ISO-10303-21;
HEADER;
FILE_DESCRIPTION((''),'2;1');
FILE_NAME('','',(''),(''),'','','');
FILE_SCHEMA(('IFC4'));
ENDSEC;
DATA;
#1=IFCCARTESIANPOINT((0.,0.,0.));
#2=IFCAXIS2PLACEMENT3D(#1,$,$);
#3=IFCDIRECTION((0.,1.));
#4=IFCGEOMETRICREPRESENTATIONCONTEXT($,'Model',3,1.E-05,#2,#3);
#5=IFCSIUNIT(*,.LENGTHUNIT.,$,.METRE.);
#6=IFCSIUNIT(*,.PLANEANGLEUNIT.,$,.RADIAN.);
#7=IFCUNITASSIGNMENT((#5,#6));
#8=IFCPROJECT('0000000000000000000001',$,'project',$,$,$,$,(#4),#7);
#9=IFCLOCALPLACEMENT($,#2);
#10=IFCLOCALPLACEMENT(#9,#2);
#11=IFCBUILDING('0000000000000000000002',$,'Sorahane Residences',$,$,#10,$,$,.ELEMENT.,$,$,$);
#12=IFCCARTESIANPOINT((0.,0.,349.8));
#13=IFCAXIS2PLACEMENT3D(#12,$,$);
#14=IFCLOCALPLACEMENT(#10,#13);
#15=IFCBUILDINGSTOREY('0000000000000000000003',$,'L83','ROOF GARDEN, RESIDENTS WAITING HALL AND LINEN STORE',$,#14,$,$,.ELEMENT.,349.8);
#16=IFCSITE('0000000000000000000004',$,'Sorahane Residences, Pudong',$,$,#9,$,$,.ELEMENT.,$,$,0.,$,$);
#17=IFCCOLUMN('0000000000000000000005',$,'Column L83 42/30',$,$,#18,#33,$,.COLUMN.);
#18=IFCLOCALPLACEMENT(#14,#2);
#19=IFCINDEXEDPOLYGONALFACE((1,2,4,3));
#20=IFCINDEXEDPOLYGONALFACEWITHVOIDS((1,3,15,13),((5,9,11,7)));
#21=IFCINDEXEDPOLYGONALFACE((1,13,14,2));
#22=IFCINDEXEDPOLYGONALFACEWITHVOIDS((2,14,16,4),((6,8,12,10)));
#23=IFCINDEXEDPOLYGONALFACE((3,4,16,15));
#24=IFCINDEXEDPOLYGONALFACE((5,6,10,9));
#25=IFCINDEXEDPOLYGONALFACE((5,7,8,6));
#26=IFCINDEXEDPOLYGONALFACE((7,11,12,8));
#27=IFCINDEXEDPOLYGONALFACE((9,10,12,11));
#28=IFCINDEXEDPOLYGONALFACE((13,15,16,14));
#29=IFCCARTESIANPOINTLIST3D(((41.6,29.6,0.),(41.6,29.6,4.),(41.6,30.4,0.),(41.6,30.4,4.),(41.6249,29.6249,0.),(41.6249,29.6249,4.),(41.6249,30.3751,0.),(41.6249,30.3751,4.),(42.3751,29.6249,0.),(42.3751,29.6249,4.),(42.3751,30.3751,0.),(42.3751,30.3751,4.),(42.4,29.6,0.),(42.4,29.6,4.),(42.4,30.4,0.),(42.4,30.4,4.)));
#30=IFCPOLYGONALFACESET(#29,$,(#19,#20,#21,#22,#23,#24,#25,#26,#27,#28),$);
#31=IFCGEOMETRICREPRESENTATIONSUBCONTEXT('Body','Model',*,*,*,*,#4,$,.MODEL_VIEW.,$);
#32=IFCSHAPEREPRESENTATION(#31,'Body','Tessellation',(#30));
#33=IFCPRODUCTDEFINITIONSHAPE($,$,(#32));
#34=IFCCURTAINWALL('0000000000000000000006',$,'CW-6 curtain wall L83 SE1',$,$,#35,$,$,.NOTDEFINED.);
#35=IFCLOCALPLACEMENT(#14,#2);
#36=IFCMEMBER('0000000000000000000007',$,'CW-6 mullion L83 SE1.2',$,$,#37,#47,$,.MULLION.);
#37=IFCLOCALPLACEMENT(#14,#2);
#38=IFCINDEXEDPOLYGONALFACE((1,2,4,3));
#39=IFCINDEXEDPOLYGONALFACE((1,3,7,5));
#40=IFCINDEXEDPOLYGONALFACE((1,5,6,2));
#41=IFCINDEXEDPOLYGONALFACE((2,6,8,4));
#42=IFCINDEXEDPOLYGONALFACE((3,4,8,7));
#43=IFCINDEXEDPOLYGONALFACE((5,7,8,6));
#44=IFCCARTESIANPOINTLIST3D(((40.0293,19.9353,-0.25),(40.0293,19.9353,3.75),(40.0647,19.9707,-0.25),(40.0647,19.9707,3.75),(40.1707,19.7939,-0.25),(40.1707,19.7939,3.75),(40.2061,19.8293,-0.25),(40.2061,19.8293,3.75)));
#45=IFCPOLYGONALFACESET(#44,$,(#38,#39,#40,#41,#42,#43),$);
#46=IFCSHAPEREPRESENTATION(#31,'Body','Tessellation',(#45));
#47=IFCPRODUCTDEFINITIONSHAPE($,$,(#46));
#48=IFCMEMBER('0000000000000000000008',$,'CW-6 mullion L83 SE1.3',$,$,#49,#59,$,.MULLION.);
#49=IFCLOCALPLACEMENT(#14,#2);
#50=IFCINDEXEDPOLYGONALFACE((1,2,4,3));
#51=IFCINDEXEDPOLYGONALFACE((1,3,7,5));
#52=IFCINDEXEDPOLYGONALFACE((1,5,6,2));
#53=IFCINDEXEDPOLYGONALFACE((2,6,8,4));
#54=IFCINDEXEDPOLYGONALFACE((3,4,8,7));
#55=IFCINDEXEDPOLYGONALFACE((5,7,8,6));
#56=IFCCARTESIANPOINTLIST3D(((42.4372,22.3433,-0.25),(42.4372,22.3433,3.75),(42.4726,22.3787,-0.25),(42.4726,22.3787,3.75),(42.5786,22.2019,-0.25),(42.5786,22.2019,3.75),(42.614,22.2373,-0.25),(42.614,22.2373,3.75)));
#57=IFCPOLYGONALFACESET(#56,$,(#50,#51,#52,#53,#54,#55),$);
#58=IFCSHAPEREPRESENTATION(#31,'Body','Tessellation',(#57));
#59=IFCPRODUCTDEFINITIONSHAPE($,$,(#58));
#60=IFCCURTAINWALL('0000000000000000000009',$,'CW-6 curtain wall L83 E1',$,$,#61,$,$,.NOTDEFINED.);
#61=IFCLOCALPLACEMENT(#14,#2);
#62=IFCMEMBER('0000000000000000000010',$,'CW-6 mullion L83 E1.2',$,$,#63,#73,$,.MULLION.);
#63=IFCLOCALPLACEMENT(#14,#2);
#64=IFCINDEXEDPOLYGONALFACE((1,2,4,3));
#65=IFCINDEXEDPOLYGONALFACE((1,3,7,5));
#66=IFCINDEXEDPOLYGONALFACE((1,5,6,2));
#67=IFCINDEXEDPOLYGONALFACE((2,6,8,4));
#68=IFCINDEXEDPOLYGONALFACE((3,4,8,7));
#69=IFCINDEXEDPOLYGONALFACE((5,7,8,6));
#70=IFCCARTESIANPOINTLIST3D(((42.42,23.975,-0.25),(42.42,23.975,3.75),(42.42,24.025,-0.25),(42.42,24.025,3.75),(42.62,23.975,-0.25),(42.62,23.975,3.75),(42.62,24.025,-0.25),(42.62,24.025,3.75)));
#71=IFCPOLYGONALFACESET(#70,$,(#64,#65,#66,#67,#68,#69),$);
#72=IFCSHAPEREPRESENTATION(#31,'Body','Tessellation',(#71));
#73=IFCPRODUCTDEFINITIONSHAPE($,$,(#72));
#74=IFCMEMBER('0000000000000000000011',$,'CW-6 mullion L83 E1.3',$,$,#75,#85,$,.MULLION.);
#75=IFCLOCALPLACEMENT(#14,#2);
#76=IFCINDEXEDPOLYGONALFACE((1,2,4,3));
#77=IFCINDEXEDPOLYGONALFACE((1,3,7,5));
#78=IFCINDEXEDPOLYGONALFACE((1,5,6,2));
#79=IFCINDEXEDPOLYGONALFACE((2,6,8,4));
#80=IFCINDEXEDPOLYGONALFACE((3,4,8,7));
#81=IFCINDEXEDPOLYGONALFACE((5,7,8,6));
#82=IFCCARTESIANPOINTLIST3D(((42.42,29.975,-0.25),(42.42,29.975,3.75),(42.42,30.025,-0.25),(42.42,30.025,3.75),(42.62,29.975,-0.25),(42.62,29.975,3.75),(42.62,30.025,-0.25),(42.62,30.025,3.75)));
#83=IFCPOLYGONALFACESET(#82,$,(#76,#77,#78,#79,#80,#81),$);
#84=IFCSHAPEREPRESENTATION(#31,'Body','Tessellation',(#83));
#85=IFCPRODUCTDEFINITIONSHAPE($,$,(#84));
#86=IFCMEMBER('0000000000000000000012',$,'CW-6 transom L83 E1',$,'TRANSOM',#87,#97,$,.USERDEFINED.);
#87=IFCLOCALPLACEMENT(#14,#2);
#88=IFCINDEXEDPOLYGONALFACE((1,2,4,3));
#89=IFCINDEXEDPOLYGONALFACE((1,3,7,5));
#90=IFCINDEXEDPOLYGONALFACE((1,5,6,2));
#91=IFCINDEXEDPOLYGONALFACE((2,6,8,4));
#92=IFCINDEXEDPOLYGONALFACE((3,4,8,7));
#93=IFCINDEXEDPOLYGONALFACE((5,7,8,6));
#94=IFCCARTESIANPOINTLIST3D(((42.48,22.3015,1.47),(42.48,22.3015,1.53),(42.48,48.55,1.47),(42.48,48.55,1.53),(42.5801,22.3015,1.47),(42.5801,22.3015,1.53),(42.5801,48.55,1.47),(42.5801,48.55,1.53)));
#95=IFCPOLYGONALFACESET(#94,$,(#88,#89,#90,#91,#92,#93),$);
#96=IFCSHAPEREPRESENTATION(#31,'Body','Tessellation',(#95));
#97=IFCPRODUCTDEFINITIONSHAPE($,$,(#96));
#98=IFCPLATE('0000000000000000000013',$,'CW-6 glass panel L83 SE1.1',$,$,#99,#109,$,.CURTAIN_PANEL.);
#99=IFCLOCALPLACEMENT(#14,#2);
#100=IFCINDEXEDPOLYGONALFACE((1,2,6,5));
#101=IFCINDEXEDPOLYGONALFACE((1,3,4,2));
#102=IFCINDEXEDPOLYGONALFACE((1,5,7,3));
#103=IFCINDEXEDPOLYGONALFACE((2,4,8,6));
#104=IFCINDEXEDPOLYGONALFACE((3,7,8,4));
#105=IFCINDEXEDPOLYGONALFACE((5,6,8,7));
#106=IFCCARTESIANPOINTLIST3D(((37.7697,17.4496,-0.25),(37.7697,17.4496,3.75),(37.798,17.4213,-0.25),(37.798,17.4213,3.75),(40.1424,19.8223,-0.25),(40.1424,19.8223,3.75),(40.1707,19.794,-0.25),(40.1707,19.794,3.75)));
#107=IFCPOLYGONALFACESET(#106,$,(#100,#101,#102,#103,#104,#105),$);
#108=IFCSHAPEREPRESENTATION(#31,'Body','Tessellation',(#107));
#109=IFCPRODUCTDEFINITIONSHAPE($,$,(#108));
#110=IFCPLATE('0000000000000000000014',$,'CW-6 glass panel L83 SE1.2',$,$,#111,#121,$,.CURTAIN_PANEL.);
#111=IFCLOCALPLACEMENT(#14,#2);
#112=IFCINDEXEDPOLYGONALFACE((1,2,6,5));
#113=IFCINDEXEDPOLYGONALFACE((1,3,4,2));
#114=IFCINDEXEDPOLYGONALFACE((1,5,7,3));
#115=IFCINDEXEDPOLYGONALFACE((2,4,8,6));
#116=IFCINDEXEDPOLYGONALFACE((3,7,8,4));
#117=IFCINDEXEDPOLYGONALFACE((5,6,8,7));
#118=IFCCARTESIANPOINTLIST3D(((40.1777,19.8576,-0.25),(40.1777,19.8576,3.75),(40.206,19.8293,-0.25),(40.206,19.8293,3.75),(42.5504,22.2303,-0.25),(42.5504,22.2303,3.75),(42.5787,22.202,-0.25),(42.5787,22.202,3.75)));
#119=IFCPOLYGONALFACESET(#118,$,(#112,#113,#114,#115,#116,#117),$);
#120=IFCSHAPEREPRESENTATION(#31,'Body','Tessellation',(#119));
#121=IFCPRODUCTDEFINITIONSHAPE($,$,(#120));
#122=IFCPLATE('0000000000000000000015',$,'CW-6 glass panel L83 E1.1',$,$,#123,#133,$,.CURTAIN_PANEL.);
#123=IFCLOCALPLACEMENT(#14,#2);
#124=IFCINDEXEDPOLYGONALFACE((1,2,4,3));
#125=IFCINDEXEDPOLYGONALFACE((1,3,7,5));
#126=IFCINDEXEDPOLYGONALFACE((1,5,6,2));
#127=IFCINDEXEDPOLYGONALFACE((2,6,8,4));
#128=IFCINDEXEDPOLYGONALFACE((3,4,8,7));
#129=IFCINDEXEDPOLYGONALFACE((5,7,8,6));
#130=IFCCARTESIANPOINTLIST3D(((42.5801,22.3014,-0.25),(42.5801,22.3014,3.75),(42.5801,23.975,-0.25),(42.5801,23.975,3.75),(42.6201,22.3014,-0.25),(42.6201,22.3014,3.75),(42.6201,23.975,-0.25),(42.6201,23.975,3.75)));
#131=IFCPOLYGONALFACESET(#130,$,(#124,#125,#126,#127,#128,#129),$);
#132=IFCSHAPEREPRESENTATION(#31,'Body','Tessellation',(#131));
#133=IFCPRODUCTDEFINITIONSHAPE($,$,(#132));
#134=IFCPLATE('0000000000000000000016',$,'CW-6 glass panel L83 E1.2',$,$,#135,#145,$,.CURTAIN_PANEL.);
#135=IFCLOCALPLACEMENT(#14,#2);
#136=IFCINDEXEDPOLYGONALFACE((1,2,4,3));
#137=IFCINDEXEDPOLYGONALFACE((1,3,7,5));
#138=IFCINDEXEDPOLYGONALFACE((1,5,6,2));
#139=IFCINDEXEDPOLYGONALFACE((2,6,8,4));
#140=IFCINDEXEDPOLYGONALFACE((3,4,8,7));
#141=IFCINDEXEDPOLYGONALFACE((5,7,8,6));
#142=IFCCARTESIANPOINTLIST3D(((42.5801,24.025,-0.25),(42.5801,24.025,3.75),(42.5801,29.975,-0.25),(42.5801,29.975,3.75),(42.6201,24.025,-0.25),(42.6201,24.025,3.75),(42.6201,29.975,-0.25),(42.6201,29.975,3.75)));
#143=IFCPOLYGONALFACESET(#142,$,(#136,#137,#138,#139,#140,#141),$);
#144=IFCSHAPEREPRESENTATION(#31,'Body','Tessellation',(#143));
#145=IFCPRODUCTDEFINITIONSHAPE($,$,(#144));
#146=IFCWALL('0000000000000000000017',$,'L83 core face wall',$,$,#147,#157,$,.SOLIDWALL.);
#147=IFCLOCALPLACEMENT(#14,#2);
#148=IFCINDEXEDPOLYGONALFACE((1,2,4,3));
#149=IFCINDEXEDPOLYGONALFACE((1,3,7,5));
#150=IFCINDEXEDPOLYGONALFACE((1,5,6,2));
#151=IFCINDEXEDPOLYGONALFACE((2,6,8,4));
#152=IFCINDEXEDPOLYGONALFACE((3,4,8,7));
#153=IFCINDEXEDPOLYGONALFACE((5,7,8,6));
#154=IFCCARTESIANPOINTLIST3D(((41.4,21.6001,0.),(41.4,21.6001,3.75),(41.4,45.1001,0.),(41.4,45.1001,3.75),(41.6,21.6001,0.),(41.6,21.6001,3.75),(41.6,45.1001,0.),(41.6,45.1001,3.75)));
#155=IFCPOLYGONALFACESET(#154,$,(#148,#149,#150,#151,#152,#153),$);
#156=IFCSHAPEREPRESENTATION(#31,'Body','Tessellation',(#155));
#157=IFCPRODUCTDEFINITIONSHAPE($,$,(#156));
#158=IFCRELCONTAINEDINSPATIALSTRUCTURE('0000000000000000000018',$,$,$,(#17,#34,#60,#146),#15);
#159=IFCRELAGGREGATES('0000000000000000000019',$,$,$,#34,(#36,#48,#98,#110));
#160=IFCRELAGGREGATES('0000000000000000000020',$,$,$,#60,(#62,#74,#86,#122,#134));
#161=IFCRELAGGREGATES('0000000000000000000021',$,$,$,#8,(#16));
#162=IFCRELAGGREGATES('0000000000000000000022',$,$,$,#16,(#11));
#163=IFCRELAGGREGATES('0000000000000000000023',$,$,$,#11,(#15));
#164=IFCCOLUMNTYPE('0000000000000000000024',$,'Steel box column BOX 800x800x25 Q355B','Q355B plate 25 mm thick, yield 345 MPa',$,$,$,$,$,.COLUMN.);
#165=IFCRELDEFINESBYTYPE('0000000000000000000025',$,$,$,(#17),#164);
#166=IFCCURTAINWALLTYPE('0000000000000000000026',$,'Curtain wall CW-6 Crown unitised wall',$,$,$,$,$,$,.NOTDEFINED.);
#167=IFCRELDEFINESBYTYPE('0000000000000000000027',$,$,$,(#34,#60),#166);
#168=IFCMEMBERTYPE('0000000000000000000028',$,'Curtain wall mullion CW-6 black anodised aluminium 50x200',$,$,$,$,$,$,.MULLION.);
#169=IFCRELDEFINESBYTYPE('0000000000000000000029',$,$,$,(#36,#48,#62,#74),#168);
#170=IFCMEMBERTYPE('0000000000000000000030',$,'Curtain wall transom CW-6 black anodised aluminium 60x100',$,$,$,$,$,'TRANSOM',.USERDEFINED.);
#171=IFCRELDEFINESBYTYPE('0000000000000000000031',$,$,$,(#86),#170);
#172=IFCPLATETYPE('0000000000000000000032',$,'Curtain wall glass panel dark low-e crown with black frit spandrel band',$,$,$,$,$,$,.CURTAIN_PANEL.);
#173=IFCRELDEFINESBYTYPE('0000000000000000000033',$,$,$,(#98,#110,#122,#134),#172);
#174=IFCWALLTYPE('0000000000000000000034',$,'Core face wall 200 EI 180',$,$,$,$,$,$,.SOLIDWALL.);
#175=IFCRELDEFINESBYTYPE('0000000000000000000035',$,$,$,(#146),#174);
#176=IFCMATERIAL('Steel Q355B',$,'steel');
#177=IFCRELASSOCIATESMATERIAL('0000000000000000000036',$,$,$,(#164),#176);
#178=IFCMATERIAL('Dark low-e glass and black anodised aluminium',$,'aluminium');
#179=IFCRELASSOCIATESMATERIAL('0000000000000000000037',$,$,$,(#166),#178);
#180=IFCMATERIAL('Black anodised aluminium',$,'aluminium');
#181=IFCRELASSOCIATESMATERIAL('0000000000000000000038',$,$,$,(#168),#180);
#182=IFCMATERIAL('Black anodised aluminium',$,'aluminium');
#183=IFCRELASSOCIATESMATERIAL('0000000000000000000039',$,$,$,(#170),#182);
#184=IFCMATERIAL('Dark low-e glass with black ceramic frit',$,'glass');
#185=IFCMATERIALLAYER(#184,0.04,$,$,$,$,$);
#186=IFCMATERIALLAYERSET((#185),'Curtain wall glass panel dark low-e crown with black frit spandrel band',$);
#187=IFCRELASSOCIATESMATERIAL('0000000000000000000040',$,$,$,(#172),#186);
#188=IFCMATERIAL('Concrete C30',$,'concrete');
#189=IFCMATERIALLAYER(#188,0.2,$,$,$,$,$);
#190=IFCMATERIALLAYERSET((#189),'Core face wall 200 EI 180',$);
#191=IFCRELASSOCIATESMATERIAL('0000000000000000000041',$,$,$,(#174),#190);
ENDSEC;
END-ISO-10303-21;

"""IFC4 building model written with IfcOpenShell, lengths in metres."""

from ifc_helpers import new_model, si_unit, direction, frame, frame_2d, origin, origin_2d, place, context, subcontext, project, spatial, rectangle, hollow_rectangle, extrude, material, layer, layer_set, material_profile, profile_set, type_object, element, aggregate, save


model = new_model("IFC4")

# Units and contexts
model_context = context("Model", 3, precision=1e-05, world=origin(), true_north=direction((0.0, 1.0)))
body_context = subcontext(model_context, "Body", "Model", "MODEL_VIEW")
ifc_project = project(units=[si_unit("LENGTHUNIT", "METRE"), si_unit("PLANEANGLEUNIT", "RADIAN")], contexts=[model_context])

# Site, building, storey
site_placement = place(None, origin())
site = spatial("IfcSite", under=ifc_project, at=site_placement, Name="Sorahane Residences, Pudong", CompositionType="ELEMENT", RefElevation=0.0)
building_placement = place(site_placement, origin())
building = spatial("IfcBuilding", under=site, at=building_placement, Name="Sorahane Residences", CompositionType="ELEMENT")
storey_placement = place(building_placement, frame((0.0, 0.0, 349.8)))
storey = spatial("IfcBuildingStorey", under=building, at=storey_placement, Name="L83", Description="ROOF GARDEN, RESIDENTS WAITING HALL AND LINEN STORE", CompositionType="ELEMENT", Elevation=349.8)

# Column
ifc_material_1 = material(Name="Steel Q355B", Category="steel")
ifc_material_profile_1 = material_profile(ifc_material_1, hollow_rectangle(XDim=0.8, YDim=0.8, WallThickness=0.0249, at=origin_2d()), Name="BOX 800x800x25")
ifc_profile_set_1 = profile_set([ifc_material_profile_1], Name="Steel Q355B")
column_type = type_object("IfcColumnType", Name="Steel box column BOX 800x800x25 Q355B", Description="Q355B plate 25 mm thick, yield 345 MPa", PredefinedType="COLUMN", material=ifc_profile_set_1)
column_placement = place(storey_placement, frame((42.0, 30.0, 0.0), z_axis=(0.0, 0.0, 1.0), x_axis=(1.0, 0.0, 0.0)))
element("IfcColumn", 1, at=column_placement, inside=storey, type_object=column_type, Name="Column L83 42/30", PredefinedType="COLUMN", context=body_context, shape_type="SweptSolid", body=[
    extrude(hollow_rectangle(XDim=0.8, YDim=0.8, WallThickness=0.0249, at=origin_2d()), origin(), (0.0, 0.0, 1.0), 4.0),
])

# Curtain walls, members
ifc_material_2 = material(Name="Dark low-e glass and black anodised aluminium", Category="aluminium")
curtain_wall_type = type_object("IfcCurtainWallType", Name="Curtain wall CW-6 Crown unitised wall", PredefinedType="NOTDEFINED", material=ifc_material_2)
curtain_wall_1_placement = place(storey_placement, origin())
curtain_wall_1 = element("IfcCurtainWall", 2, at=curtain_wall_1_placement, inside=storey, type_object=curtain_wall_type, Name="CW-6 curtain wall L83 SE1", PredefinedType="NOTDEFINED")
ifc_material_3 = material(Name="Black anodised aluminium", Category="aluminium")
ifc_material_profile_2 = material_profile(ifc_material_3, rectangle(XDim=0.2, YDim=0.05, at=origin_2d()), Name="Curtain wall mullion CW-6 black anodised aluminium 50x200")
ifc_profile_set_2 = profile_set([ifc_material_profile_2], Name="Black anodised aluminium")
member_type_1 = type_object("IfcMemberType", Name="Curtain wall mullion CW-6 black anodised aluminium 50x200", PredefinedType="MULLION", material=ifc_profile_set_2)
member_1_placement = place(storey_placement, frame((40.1177, 19.8823, -0.25), z_axis=(0.0, 0.0, 1.0), x_axis=(0.707107, -0.707107, 0.0)))
member_1 = element("IfcMember", 3, at=member_1_placement, type_object=member_type_1, Name="CW-6 mullion L83 SE1.2", PredefinedType="MULLION", context=body_context, shape_type="SweptSolid", body=[
    extrude(rectangle(XDim=0.2, YDim=0.05, at=origin_2d()), origin(), (0.0, 0.0, 1.0), 4.0),
])
member_2_placement = place(storey_placement, frame((42.5256, 22.2903, -0.25), z_axis=(0.0, 0.0, 1.0), x_axis=(0.707107, -0.707107, 0.0)))
member_2 = element("IfcMember", 4, at=member_2_placement, type_object=member_type_1, Name="CW-6 mullion L83 SE1.3", PredefinedType="MULLION", context=body_context, shape_type="SweptSolid", body=[
    extrude(rectangle(XDim=0.2, YDim=0.05, at=origin_2d()), origin(), (0.0, 0.0, 1.0), 4.0),
])
curtain_wall_2_placement = place(storey_placement, origin())
curtain_wall_2 = element("IfcCurtainWall", 5, at=curtain_wall_2_placement, inside=storey, type_object=curtain_wall_type, Name="CW-6 curtain wall L83 E1", PredefinedType="NOTDEFINED")
member_3_placement = place(storey_placement, frame((42.52, 24.0, -0.25), z_axis=(0.0, 0.0, 1.0), x_axis=(1.0, 0.0, 0.0)))
member_3 = element("IfcMember", 6, at=member_3_placement, type_object=member_type_1, Name="CW-6 mullion L83 E1.2", PredefinedType="MULLION", context=body_context, shape_type="SweptSolid", body=[
    extrude(rectangle(XDim=0.2, YDim=0.05, at=origin_2d()), origin(), (0.0, 0.0, 1.0), 4.0),
])
member_4_placement = place(storey_placement, frame((42.52, 30.0, -0.25), z_axis=(0.0, 0.0, 1.0), x_axis=(1.0, 0.0, 0.0)))
member_4 = element("IfcMember", 7, at=member_4_placement, type_object=member_type_1, Name="CW-6 mullion L83 E1.3", PredefinedType="MULLION", context=body_context, shape_type="SweptSolid", body=[
    extrude(rectangle(XDim=0.2, YDim=0.05, at=origin_2d()), origin(), (0.0, 0.0, 1.0), 4.0),
])
ifc_material_4 = material(Name="Black anodised aluminium", Category="aluminium")
ifc_material_profile_3 = material_profile(ifc_material_4, rectangle(XDim=0.1001, YDim=0.0601, at=origin_2d()), Name="Curtain wall transom CW-6 black anodised aluminium 60x100")
ifc_profile_set_3 = profile_set([ifc_material_profile_3], Name="Black anodised aluminium")
member_type_2 = type_object("IfcMemberType", Name="Curtain wall transom CW-6 black anodised aluminium 60x100", ElementType="TRANSOM", PredefinedType="USERDEFINED", material=ifc_profile_set_3)
member_5_placement = place(storey_placement, frame((42.53, 22.3015, 1.5), z_axis=(0.0, 1.0, 0.0), x_axis=(-1.0, 0.0, 0.0)))
member_5 = element("IfcMember", 8, at=member_5_placement, type_object=member_type_2, Name="CW-6 transom L83 E1", ObjectType="TRANSOM", PredefinedType="USERDEFINED", context=body_context, shape_type="SweptSolid", body=[
    extrude(rectangle(XDim=0.1001, YDim=0.0601, at=origin_2d()), origin(), (0.0, 0.0, 1.0), 26.2485),
])

# Plates
ifc_material_5 = material(Name="Dark low-e glass with black ceramic frit", Category="glass")
ifc_layer_1 = layer(ifc_material_5, 0.04)
ifc_layer_set_1 = layer_set([ifc_layer_1], Name="Curtain wall glass panel dark low-e crown with black frit spandrel band")
plate_type = type_object("IfcPlateType", Name="Curtain wall glass panel dark low-e crown with black frit spandrel band", PredefinedType="CURTAIN_PANEL", material=ifc_layer_set_1)
plate_1_placement = place(storey_placement, frame((38.9702, 18.6218, -0.25), z_axis=(0.0, 0.0, 1.0), x_axis=(0.707107, 0.707107, 0.0)))
plate_1 = element("IfcPlate", 9, at=plate_1_placement, type_object=plate_type, Name="CW-6 glass panel L83 SE1.1", PredefinedType="CURTAIN_PANEL", context=body_context, shape_type="SweptSolid", body=[
    extrude(rectangle(XDim=3.3555, YDim=0.04, at=origin_2d()), origin(), (0.0, 0.0, 1.0), 4.0),
])
plate_2_placement = place(storey_placement, frame((41.3782, 21.0298, -0.25), z_axis=(0.0, 0.0, 1.0), x_axis=(0.707107, 0.707107, 0.0)))
plate_2 = element("IfcPlate", 10, at=plate_2_placement, type_object=plate_type, Name="CW-6 glass panel L83 SE1.2", PredefinedType="CURTAIN_PANEL", context=body_context, shape_type="SweptSolid", body=[
    extrude(rectangle(XDim=3.3555, YDim=0.04, at=origin_2d()), origin(), (0.0, 0.0, 1.0), 4.0),
])
aggregate(curtain_wall_1, [member_1, member_2, plate_1, plate_2])
plate_3_placement = place(storey_placement, frame((42.6001, 23.1382, -0.25), z_axis=(0.0, 0.0, 1.0), x_axis=(0.0, 1.0, 0.0)))
plate_3 = element("IfcPlate", 11, at=plate_3_placement, type_object=plate_type, Name="CW-6 glass panel L83 E1.1", PredefinedType="CURTAIN_PANEL", context=body_context, shape_type="SweptSolid", body=[
    extrude(rectangle(XDim=1.6736, YDim=0.04, at=origin_2d()), origin(), (0.0, 0.0, 1.0), 4.0),
])
plate_4_placement = place(storey_placement, frame((42.6001, 27.0, -0.25), z_axis=(0.0, 0.0, 1.0), x_axis=(0.0, 1.0, 0.0)))
plate_4 = element("IfcPlate", 12, at=plate_4_placement, type_object=plate_type, Name="CW-6 glass panel L83 E1.2", PredefinedType="CURTAIN_PANEL", context=body_context, shape_type="SweptSolid", body=[
    extrude(rectangle(XDim=5.95, YDim=0.04, at=origin_2d()), origin(), (0.0, 0.0, 1.0), 4.0),
])
aggregate(curtain_wall_2, [member_3, member_4, member_5, plate_3, plate_4])

# Wall
ifc_material_6 = material(Name="Concrete C30", Category="concrete")
ifc_layer_2 = layer(ifc_material_6, 0.2)
ifc_layer_set_2 = layer_set([ifc_layer_2], Name="Core face wall 200 EI 180")
wall_type = type_object("IfcWallType", Name="Core face wall 200 EI 180", PredefinedType="SOLIDWALL", material=ifc_layer_set_2)
wall_placement = place(storey_placement, frame((41.5, 21.6001, 0.0), z_axis=(0.0, 0.0, 1.0), x_axis=(0.0, 1.0, 0.0)))
element("IfcWall", 13, at=wall_placement, inside=storey, type_object=wall_type, Name="L83 core face wall", PredefinedType="SOLIDWALL", context=body_context, shape_type="SweptSolid", body=[
    extrude(rectangle(XDim=23.5, YDim=0.2, at=frame_2d((11.75, 0.0))), origin(), (0.0, 0.0, 1.0), 3.75),
])

save(model, "model.ifc")
